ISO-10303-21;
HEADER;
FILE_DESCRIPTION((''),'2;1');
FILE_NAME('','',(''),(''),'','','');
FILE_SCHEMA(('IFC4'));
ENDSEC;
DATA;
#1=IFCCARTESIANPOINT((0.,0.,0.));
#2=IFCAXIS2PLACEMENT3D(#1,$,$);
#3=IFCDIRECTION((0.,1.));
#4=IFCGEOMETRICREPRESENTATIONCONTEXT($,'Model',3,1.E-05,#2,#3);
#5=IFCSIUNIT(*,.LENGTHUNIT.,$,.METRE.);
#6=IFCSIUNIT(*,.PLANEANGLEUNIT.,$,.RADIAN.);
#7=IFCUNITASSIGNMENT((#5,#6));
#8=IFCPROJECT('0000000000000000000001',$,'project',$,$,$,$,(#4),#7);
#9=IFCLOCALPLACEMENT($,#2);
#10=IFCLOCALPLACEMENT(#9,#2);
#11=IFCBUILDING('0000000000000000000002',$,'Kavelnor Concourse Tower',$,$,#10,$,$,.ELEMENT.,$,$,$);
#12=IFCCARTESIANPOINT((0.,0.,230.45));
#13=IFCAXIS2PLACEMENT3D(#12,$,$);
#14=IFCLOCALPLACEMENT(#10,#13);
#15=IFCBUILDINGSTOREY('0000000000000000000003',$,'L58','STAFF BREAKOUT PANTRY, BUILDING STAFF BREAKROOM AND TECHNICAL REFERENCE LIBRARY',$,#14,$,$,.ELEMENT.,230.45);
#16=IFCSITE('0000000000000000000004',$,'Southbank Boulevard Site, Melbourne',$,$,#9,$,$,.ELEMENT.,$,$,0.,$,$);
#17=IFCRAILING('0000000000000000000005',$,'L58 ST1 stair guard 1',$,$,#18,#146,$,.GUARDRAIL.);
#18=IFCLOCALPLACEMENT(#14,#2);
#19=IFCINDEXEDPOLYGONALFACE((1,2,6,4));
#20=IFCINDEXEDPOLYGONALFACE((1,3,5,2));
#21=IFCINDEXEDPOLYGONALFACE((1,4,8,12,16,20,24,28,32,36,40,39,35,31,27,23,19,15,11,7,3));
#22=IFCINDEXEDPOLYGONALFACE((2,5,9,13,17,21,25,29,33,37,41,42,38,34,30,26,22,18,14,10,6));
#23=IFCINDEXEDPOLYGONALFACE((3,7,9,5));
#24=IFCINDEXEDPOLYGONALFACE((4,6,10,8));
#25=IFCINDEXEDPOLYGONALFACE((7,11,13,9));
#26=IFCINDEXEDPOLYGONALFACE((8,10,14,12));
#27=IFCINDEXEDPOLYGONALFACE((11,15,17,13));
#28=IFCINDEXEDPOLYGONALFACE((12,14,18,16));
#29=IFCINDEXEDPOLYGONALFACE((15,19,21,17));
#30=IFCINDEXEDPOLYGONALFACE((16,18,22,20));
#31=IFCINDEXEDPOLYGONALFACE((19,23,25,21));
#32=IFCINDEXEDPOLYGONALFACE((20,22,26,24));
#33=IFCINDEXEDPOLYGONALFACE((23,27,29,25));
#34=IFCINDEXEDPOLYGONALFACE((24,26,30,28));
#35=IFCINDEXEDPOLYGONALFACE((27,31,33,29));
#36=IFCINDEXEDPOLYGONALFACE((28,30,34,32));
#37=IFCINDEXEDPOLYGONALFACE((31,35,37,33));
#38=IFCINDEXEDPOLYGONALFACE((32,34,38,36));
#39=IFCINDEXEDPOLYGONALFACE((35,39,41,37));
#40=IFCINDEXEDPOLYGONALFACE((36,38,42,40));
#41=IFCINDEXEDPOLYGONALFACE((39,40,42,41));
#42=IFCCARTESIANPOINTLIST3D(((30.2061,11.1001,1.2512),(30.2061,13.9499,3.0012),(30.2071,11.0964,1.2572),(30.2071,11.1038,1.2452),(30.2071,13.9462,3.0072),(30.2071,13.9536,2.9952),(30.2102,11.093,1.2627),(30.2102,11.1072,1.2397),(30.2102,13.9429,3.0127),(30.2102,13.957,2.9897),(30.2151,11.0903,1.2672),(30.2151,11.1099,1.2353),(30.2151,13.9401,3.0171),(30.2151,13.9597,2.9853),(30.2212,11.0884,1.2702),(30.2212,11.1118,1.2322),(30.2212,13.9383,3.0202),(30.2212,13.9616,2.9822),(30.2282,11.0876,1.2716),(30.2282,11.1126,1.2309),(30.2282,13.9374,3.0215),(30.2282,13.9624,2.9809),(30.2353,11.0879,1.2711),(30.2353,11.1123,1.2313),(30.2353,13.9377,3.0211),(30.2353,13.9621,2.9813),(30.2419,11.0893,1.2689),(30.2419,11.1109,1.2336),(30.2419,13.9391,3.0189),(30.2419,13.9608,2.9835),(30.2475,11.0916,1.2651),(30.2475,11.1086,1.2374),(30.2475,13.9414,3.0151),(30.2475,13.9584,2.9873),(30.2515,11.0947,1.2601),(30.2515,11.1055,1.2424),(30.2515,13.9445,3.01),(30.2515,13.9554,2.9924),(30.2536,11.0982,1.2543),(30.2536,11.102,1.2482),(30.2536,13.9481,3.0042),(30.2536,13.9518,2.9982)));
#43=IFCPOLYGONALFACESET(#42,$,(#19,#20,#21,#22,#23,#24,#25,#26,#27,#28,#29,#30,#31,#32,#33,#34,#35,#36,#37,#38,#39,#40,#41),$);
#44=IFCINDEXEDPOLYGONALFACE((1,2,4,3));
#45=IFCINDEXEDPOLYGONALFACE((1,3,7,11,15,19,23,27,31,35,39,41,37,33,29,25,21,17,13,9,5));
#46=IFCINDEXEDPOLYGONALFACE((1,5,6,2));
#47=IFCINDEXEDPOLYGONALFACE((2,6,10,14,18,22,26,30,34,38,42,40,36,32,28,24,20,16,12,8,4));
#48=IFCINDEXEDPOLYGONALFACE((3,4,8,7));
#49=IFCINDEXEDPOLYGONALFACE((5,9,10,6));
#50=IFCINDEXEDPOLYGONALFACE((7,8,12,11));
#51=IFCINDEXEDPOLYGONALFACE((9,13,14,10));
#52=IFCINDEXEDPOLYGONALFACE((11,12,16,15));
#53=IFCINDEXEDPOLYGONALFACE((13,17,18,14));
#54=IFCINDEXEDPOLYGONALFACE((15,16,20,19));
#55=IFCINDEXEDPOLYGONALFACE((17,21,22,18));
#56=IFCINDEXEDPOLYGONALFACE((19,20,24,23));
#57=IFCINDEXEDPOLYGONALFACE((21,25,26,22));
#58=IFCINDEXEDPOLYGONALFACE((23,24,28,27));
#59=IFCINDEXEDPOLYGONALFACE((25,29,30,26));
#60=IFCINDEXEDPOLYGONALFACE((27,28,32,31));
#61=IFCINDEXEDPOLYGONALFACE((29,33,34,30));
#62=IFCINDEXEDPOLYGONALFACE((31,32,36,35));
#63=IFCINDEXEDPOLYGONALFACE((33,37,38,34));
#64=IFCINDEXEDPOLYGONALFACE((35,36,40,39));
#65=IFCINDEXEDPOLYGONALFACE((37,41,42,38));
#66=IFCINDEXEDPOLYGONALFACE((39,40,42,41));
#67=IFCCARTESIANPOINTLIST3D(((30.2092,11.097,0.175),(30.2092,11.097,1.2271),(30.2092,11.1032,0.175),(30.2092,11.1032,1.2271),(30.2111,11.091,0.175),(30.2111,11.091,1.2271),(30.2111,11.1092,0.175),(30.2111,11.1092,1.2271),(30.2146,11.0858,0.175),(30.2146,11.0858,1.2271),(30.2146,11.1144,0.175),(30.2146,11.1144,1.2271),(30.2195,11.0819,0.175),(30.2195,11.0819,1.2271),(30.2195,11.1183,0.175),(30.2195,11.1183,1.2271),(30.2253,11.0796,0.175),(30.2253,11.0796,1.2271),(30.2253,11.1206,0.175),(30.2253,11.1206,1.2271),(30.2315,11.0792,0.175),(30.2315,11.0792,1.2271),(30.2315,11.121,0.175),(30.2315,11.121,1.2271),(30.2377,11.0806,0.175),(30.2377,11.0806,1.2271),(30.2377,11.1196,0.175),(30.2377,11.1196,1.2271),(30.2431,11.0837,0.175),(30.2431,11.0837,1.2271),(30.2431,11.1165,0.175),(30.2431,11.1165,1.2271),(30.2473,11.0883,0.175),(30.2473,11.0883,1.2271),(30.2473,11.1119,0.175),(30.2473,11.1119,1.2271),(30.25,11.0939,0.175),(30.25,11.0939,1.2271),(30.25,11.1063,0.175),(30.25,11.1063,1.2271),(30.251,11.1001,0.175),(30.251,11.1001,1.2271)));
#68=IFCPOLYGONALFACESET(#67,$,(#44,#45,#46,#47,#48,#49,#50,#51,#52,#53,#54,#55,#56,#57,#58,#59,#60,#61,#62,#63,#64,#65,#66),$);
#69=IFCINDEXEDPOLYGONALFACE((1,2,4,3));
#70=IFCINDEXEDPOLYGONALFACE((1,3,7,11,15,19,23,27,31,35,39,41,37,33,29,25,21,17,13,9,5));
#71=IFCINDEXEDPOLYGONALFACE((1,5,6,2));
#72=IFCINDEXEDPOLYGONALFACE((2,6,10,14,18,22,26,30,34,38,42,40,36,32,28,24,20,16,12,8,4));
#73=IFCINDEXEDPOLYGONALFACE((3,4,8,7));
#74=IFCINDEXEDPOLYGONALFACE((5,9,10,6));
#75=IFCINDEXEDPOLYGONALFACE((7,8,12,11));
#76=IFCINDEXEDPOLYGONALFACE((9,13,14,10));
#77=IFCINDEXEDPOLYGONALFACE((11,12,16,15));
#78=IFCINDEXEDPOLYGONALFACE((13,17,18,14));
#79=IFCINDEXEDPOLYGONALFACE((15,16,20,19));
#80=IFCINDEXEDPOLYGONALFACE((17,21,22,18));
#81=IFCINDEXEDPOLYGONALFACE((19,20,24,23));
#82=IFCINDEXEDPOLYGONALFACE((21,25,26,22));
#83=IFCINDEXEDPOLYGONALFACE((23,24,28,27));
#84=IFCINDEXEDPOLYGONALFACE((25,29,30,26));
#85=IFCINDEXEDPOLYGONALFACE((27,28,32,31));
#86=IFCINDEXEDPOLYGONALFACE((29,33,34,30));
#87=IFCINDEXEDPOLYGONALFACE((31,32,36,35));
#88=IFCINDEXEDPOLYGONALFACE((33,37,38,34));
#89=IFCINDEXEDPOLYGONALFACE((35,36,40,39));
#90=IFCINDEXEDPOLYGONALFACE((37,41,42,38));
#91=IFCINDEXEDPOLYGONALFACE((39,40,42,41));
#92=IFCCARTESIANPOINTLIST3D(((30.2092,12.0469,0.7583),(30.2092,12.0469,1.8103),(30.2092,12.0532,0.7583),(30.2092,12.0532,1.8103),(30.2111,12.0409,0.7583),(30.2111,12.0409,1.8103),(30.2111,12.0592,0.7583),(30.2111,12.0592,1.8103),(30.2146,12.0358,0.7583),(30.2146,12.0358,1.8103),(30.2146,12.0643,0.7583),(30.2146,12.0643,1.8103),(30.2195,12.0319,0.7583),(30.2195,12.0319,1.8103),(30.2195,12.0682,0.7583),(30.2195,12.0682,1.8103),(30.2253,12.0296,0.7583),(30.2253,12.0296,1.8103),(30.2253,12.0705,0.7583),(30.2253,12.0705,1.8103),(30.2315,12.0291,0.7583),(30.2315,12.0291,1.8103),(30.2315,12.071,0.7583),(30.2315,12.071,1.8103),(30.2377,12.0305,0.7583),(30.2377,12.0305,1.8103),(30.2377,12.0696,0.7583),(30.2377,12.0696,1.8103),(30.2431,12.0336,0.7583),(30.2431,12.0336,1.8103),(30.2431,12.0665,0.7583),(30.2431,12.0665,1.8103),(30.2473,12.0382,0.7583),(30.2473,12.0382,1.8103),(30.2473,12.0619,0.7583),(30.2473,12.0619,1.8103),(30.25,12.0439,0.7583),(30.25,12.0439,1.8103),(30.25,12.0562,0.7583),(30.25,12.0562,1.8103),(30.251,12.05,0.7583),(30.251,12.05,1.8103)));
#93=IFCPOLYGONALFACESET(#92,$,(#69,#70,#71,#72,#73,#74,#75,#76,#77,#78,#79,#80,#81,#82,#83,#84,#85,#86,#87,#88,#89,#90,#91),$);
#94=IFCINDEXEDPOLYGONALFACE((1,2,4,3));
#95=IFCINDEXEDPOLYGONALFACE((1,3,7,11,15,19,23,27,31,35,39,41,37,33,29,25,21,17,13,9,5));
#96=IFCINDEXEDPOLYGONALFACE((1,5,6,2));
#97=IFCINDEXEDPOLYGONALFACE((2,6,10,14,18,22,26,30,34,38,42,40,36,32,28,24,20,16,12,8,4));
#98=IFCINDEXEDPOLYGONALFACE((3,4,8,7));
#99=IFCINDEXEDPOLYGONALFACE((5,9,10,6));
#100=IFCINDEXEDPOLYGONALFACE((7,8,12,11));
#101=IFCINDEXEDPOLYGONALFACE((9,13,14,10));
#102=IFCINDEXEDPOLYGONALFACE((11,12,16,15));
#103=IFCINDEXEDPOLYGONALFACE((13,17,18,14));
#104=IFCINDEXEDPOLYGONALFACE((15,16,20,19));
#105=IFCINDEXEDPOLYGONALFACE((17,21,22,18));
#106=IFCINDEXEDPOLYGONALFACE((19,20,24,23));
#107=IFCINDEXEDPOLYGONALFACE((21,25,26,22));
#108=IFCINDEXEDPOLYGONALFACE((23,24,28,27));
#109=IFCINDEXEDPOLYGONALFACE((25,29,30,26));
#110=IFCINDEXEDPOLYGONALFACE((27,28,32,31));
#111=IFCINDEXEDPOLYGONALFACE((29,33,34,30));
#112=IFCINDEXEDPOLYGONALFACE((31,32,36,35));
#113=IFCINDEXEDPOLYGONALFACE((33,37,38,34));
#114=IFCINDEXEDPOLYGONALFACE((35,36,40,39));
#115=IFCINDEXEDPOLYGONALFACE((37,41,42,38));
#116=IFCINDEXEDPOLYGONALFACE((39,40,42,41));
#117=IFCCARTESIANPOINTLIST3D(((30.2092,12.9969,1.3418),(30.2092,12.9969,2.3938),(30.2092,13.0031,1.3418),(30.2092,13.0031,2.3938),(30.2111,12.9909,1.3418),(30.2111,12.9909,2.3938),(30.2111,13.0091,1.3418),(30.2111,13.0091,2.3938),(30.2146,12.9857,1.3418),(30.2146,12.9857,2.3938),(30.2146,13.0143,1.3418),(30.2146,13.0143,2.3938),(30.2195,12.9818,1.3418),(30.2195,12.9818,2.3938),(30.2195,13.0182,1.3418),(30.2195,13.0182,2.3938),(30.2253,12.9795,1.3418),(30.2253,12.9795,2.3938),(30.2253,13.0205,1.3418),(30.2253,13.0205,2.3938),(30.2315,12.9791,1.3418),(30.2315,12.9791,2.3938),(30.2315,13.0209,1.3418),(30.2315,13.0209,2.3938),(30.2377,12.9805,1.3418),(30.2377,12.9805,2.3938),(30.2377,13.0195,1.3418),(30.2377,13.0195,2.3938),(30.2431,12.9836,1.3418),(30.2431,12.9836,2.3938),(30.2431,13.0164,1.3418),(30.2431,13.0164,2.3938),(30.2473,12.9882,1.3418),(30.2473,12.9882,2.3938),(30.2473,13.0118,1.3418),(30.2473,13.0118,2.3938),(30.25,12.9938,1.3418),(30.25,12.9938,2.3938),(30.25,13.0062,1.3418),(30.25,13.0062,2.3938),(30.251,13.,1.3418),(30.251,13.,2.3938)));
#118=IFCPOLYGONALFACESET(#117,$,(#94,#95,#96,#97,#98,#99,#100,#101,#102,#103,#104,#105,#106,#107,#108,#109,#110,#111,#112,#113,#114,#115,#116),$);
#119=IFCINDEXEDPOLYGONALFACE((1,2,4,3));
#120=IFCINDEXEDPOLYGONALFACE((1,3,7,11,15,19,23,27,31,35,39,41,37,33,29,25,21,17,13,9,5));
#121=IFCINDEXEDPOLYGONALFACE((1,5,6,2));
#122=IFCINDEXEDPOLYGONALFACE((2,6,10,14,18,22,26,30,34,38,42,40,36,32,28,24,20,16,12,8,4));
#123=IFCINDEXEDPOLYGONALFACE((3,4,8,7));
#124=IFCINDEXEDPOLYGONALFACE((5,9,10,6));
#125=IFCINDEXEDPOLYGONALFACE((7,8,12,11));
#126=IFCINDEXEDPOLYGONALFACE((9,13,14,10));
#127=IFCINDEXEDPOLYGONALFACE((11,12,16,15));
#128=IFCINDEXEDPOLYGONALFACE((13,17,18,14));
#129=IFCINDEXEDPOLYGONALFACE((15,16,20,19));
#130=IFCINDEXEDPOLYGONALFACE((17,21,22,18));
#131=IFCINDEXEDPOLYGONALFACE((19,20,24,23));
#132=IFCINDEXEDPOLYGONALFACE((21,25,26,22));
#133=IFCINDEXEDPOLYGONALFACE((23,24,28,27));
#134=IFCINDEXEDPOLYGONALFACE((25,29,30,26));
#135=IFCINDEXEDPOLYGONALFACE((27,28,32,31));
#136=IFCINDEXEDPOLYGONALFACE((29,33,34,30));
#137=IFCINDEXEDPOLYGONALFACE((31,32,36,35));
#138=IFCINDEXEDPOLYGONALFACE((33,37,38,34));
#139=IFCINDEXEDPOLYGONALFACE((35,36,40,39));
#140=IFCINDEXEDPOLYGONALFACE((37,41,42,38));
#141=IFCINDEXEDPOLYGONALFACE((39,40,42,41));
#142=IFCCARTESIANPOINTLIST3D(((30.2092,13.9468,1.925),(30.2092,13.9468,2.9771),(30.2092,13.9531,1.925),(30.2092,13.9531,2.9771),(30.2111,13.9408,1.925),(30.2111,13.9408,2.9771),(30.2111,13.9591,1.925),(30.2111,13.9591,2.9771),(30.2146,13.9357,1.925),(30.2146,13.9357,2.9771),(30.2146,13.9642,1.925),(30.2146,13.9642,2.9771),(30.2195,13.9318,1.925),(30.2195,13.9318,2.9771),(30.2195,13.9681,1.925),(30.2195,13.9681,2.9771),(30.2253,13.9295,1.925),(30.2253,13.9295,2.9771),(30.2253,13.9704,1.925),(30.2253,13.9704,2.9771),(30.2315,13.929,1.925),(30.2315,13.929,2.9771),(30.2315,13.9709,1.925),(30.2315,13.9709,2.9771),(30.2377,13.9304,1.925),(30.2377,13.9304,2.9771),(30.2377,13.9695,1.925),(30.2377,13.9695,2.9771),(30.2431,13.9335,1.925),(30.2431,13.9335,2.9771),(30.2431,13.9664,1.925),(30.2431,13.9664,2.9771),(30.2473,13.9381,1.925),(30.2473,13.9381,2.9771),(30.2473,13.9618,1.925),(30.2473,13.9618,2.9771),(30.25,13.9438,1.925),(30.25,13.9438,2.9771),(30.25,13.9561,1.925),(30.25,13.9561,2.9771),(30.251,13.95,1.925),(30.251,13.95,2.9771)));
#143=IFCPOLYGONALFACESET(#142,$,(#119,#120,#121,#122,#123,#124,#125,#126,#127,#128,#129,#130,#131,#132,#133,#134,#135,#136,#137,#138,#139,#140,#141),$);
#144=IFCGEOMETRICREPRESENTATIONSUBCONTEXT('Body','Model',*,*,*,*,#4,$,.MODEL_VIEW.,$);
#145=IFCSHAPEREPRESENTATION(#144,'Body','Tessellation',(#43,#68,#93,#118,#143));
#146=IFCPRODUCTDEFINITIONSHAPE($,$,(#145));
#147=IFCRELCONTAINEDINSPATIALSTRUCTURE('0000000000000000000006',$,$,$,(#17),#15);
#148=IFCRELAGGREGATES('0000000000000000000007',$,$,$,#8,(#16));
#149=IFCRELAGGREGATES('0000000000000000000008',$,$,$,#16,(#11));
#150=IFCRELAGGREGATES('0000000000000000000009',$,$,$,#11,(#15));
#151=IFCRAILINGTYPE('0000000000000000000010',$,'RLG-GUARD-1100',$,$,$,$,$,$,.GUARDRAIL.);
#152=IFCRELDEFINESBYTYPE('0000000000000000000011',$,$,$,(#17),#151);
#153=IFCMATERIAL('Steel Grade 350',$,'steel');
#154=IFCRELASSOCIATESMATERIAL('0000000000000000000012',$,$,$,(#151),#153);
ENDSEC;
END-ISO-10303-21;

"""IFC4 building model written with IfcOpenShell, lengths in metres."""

from ifc_helpers import new_model, si_unit, direction, frame, origin, origin_2d, place, context, subcontext, project, spatial, circle, extrude, material, type_object, element, save


model = new_model("IFC4")

# Units and contexts
model_context = context("Model", 3, precision=1e-05, world=origin(), true_north=direction((0.0, 1.0)))
body_context = subcontext(model_context, "Body", "Model", "MODEL_VIEW")
ifc_project = project(units=[si_unit("LENGTHUNIT", "METRE"), si_unit("PLANEANGLEUNIT", "RADIAN")], contexts=[model_context])

# Site, building, storey
site_placement = place(None, origin())
site = spatial("IfcSite", under=ifc_project, at=site_placement, Name="Southbank Boulevard Site, Melbourne", CompositionType="ELEMENT", RefElevation=0.0)
building_placement = place(site_placement, origin())
building = spatial("IfcBuilding", under=site, at=building_placement, Name="Kavelnor Concourse Tower", CompositionType="ELEMENT")
storey_placement = place(building_placement, frame((0.0, 0.0, 230.45)))
storey = spatial("IfcBuildingStorey", under=building, at=storey_placement, Name="L58", Description="STAFF BREAKOUT PANTRY, BUILDING STAFF BREAKROOM AND TECHNICAL REFERENCE LIBRARY", CompositionType="ELEMENT", Elevation=230.45)

# Shared definitions
ifc_material_1 = material(Name="Steel Grade 350", Category="steel")

# Railing
railing_type_1 = type_object("IfcRailingType", Name="RLG-GUARD-1100", PredefinedType="GUARDRAIL", material=ifc_material_1)
railing_1_placement = place(storey_placement, frame((30.23, 11.1001, 0.175)))
element("IfcRailing", 1, at=railing_1_placement, inside=storey, type_object=railing_type_1, Name="L58 ST1 stair guard 1", PredefinedType="GUARDRAIL", context=body_context, shape_type="SweptSolid", body=[
    extrude(circle(Radius=0.0239, at=origin_2d()), frame((0.0, 0.0, 1.0762), z_axis=(0.0, 0.852159, 0.523283), x_axis=(-1.0, 0.0, 0.0)), (0.0, 0.0, 1.0), 3.3442),
    extrude(circle(Radius=0.021, at=origin_2d()), origin(), (0.0, 0.0, 1.0), 1.052),
    extrude(circle(Radius=0.021, at=origin_2d()), frame((0.0, 0.95, 0.5833)), (0.0, 0.0, 1.0), 1.052),
    extrude(circle(Radius=0.021, at=origin_2d()), frame((0.0, 1.8999, 1.1667)), (0.0, 0.0, 1.0), 1.052),
    extrude(circle(Radius=0.021, at=origin_2d()), frame((0.0, 2.8499, 1.75)), (0.0, 0.0, 1.0), 1.052),
])

save(model, "model.ifc")
